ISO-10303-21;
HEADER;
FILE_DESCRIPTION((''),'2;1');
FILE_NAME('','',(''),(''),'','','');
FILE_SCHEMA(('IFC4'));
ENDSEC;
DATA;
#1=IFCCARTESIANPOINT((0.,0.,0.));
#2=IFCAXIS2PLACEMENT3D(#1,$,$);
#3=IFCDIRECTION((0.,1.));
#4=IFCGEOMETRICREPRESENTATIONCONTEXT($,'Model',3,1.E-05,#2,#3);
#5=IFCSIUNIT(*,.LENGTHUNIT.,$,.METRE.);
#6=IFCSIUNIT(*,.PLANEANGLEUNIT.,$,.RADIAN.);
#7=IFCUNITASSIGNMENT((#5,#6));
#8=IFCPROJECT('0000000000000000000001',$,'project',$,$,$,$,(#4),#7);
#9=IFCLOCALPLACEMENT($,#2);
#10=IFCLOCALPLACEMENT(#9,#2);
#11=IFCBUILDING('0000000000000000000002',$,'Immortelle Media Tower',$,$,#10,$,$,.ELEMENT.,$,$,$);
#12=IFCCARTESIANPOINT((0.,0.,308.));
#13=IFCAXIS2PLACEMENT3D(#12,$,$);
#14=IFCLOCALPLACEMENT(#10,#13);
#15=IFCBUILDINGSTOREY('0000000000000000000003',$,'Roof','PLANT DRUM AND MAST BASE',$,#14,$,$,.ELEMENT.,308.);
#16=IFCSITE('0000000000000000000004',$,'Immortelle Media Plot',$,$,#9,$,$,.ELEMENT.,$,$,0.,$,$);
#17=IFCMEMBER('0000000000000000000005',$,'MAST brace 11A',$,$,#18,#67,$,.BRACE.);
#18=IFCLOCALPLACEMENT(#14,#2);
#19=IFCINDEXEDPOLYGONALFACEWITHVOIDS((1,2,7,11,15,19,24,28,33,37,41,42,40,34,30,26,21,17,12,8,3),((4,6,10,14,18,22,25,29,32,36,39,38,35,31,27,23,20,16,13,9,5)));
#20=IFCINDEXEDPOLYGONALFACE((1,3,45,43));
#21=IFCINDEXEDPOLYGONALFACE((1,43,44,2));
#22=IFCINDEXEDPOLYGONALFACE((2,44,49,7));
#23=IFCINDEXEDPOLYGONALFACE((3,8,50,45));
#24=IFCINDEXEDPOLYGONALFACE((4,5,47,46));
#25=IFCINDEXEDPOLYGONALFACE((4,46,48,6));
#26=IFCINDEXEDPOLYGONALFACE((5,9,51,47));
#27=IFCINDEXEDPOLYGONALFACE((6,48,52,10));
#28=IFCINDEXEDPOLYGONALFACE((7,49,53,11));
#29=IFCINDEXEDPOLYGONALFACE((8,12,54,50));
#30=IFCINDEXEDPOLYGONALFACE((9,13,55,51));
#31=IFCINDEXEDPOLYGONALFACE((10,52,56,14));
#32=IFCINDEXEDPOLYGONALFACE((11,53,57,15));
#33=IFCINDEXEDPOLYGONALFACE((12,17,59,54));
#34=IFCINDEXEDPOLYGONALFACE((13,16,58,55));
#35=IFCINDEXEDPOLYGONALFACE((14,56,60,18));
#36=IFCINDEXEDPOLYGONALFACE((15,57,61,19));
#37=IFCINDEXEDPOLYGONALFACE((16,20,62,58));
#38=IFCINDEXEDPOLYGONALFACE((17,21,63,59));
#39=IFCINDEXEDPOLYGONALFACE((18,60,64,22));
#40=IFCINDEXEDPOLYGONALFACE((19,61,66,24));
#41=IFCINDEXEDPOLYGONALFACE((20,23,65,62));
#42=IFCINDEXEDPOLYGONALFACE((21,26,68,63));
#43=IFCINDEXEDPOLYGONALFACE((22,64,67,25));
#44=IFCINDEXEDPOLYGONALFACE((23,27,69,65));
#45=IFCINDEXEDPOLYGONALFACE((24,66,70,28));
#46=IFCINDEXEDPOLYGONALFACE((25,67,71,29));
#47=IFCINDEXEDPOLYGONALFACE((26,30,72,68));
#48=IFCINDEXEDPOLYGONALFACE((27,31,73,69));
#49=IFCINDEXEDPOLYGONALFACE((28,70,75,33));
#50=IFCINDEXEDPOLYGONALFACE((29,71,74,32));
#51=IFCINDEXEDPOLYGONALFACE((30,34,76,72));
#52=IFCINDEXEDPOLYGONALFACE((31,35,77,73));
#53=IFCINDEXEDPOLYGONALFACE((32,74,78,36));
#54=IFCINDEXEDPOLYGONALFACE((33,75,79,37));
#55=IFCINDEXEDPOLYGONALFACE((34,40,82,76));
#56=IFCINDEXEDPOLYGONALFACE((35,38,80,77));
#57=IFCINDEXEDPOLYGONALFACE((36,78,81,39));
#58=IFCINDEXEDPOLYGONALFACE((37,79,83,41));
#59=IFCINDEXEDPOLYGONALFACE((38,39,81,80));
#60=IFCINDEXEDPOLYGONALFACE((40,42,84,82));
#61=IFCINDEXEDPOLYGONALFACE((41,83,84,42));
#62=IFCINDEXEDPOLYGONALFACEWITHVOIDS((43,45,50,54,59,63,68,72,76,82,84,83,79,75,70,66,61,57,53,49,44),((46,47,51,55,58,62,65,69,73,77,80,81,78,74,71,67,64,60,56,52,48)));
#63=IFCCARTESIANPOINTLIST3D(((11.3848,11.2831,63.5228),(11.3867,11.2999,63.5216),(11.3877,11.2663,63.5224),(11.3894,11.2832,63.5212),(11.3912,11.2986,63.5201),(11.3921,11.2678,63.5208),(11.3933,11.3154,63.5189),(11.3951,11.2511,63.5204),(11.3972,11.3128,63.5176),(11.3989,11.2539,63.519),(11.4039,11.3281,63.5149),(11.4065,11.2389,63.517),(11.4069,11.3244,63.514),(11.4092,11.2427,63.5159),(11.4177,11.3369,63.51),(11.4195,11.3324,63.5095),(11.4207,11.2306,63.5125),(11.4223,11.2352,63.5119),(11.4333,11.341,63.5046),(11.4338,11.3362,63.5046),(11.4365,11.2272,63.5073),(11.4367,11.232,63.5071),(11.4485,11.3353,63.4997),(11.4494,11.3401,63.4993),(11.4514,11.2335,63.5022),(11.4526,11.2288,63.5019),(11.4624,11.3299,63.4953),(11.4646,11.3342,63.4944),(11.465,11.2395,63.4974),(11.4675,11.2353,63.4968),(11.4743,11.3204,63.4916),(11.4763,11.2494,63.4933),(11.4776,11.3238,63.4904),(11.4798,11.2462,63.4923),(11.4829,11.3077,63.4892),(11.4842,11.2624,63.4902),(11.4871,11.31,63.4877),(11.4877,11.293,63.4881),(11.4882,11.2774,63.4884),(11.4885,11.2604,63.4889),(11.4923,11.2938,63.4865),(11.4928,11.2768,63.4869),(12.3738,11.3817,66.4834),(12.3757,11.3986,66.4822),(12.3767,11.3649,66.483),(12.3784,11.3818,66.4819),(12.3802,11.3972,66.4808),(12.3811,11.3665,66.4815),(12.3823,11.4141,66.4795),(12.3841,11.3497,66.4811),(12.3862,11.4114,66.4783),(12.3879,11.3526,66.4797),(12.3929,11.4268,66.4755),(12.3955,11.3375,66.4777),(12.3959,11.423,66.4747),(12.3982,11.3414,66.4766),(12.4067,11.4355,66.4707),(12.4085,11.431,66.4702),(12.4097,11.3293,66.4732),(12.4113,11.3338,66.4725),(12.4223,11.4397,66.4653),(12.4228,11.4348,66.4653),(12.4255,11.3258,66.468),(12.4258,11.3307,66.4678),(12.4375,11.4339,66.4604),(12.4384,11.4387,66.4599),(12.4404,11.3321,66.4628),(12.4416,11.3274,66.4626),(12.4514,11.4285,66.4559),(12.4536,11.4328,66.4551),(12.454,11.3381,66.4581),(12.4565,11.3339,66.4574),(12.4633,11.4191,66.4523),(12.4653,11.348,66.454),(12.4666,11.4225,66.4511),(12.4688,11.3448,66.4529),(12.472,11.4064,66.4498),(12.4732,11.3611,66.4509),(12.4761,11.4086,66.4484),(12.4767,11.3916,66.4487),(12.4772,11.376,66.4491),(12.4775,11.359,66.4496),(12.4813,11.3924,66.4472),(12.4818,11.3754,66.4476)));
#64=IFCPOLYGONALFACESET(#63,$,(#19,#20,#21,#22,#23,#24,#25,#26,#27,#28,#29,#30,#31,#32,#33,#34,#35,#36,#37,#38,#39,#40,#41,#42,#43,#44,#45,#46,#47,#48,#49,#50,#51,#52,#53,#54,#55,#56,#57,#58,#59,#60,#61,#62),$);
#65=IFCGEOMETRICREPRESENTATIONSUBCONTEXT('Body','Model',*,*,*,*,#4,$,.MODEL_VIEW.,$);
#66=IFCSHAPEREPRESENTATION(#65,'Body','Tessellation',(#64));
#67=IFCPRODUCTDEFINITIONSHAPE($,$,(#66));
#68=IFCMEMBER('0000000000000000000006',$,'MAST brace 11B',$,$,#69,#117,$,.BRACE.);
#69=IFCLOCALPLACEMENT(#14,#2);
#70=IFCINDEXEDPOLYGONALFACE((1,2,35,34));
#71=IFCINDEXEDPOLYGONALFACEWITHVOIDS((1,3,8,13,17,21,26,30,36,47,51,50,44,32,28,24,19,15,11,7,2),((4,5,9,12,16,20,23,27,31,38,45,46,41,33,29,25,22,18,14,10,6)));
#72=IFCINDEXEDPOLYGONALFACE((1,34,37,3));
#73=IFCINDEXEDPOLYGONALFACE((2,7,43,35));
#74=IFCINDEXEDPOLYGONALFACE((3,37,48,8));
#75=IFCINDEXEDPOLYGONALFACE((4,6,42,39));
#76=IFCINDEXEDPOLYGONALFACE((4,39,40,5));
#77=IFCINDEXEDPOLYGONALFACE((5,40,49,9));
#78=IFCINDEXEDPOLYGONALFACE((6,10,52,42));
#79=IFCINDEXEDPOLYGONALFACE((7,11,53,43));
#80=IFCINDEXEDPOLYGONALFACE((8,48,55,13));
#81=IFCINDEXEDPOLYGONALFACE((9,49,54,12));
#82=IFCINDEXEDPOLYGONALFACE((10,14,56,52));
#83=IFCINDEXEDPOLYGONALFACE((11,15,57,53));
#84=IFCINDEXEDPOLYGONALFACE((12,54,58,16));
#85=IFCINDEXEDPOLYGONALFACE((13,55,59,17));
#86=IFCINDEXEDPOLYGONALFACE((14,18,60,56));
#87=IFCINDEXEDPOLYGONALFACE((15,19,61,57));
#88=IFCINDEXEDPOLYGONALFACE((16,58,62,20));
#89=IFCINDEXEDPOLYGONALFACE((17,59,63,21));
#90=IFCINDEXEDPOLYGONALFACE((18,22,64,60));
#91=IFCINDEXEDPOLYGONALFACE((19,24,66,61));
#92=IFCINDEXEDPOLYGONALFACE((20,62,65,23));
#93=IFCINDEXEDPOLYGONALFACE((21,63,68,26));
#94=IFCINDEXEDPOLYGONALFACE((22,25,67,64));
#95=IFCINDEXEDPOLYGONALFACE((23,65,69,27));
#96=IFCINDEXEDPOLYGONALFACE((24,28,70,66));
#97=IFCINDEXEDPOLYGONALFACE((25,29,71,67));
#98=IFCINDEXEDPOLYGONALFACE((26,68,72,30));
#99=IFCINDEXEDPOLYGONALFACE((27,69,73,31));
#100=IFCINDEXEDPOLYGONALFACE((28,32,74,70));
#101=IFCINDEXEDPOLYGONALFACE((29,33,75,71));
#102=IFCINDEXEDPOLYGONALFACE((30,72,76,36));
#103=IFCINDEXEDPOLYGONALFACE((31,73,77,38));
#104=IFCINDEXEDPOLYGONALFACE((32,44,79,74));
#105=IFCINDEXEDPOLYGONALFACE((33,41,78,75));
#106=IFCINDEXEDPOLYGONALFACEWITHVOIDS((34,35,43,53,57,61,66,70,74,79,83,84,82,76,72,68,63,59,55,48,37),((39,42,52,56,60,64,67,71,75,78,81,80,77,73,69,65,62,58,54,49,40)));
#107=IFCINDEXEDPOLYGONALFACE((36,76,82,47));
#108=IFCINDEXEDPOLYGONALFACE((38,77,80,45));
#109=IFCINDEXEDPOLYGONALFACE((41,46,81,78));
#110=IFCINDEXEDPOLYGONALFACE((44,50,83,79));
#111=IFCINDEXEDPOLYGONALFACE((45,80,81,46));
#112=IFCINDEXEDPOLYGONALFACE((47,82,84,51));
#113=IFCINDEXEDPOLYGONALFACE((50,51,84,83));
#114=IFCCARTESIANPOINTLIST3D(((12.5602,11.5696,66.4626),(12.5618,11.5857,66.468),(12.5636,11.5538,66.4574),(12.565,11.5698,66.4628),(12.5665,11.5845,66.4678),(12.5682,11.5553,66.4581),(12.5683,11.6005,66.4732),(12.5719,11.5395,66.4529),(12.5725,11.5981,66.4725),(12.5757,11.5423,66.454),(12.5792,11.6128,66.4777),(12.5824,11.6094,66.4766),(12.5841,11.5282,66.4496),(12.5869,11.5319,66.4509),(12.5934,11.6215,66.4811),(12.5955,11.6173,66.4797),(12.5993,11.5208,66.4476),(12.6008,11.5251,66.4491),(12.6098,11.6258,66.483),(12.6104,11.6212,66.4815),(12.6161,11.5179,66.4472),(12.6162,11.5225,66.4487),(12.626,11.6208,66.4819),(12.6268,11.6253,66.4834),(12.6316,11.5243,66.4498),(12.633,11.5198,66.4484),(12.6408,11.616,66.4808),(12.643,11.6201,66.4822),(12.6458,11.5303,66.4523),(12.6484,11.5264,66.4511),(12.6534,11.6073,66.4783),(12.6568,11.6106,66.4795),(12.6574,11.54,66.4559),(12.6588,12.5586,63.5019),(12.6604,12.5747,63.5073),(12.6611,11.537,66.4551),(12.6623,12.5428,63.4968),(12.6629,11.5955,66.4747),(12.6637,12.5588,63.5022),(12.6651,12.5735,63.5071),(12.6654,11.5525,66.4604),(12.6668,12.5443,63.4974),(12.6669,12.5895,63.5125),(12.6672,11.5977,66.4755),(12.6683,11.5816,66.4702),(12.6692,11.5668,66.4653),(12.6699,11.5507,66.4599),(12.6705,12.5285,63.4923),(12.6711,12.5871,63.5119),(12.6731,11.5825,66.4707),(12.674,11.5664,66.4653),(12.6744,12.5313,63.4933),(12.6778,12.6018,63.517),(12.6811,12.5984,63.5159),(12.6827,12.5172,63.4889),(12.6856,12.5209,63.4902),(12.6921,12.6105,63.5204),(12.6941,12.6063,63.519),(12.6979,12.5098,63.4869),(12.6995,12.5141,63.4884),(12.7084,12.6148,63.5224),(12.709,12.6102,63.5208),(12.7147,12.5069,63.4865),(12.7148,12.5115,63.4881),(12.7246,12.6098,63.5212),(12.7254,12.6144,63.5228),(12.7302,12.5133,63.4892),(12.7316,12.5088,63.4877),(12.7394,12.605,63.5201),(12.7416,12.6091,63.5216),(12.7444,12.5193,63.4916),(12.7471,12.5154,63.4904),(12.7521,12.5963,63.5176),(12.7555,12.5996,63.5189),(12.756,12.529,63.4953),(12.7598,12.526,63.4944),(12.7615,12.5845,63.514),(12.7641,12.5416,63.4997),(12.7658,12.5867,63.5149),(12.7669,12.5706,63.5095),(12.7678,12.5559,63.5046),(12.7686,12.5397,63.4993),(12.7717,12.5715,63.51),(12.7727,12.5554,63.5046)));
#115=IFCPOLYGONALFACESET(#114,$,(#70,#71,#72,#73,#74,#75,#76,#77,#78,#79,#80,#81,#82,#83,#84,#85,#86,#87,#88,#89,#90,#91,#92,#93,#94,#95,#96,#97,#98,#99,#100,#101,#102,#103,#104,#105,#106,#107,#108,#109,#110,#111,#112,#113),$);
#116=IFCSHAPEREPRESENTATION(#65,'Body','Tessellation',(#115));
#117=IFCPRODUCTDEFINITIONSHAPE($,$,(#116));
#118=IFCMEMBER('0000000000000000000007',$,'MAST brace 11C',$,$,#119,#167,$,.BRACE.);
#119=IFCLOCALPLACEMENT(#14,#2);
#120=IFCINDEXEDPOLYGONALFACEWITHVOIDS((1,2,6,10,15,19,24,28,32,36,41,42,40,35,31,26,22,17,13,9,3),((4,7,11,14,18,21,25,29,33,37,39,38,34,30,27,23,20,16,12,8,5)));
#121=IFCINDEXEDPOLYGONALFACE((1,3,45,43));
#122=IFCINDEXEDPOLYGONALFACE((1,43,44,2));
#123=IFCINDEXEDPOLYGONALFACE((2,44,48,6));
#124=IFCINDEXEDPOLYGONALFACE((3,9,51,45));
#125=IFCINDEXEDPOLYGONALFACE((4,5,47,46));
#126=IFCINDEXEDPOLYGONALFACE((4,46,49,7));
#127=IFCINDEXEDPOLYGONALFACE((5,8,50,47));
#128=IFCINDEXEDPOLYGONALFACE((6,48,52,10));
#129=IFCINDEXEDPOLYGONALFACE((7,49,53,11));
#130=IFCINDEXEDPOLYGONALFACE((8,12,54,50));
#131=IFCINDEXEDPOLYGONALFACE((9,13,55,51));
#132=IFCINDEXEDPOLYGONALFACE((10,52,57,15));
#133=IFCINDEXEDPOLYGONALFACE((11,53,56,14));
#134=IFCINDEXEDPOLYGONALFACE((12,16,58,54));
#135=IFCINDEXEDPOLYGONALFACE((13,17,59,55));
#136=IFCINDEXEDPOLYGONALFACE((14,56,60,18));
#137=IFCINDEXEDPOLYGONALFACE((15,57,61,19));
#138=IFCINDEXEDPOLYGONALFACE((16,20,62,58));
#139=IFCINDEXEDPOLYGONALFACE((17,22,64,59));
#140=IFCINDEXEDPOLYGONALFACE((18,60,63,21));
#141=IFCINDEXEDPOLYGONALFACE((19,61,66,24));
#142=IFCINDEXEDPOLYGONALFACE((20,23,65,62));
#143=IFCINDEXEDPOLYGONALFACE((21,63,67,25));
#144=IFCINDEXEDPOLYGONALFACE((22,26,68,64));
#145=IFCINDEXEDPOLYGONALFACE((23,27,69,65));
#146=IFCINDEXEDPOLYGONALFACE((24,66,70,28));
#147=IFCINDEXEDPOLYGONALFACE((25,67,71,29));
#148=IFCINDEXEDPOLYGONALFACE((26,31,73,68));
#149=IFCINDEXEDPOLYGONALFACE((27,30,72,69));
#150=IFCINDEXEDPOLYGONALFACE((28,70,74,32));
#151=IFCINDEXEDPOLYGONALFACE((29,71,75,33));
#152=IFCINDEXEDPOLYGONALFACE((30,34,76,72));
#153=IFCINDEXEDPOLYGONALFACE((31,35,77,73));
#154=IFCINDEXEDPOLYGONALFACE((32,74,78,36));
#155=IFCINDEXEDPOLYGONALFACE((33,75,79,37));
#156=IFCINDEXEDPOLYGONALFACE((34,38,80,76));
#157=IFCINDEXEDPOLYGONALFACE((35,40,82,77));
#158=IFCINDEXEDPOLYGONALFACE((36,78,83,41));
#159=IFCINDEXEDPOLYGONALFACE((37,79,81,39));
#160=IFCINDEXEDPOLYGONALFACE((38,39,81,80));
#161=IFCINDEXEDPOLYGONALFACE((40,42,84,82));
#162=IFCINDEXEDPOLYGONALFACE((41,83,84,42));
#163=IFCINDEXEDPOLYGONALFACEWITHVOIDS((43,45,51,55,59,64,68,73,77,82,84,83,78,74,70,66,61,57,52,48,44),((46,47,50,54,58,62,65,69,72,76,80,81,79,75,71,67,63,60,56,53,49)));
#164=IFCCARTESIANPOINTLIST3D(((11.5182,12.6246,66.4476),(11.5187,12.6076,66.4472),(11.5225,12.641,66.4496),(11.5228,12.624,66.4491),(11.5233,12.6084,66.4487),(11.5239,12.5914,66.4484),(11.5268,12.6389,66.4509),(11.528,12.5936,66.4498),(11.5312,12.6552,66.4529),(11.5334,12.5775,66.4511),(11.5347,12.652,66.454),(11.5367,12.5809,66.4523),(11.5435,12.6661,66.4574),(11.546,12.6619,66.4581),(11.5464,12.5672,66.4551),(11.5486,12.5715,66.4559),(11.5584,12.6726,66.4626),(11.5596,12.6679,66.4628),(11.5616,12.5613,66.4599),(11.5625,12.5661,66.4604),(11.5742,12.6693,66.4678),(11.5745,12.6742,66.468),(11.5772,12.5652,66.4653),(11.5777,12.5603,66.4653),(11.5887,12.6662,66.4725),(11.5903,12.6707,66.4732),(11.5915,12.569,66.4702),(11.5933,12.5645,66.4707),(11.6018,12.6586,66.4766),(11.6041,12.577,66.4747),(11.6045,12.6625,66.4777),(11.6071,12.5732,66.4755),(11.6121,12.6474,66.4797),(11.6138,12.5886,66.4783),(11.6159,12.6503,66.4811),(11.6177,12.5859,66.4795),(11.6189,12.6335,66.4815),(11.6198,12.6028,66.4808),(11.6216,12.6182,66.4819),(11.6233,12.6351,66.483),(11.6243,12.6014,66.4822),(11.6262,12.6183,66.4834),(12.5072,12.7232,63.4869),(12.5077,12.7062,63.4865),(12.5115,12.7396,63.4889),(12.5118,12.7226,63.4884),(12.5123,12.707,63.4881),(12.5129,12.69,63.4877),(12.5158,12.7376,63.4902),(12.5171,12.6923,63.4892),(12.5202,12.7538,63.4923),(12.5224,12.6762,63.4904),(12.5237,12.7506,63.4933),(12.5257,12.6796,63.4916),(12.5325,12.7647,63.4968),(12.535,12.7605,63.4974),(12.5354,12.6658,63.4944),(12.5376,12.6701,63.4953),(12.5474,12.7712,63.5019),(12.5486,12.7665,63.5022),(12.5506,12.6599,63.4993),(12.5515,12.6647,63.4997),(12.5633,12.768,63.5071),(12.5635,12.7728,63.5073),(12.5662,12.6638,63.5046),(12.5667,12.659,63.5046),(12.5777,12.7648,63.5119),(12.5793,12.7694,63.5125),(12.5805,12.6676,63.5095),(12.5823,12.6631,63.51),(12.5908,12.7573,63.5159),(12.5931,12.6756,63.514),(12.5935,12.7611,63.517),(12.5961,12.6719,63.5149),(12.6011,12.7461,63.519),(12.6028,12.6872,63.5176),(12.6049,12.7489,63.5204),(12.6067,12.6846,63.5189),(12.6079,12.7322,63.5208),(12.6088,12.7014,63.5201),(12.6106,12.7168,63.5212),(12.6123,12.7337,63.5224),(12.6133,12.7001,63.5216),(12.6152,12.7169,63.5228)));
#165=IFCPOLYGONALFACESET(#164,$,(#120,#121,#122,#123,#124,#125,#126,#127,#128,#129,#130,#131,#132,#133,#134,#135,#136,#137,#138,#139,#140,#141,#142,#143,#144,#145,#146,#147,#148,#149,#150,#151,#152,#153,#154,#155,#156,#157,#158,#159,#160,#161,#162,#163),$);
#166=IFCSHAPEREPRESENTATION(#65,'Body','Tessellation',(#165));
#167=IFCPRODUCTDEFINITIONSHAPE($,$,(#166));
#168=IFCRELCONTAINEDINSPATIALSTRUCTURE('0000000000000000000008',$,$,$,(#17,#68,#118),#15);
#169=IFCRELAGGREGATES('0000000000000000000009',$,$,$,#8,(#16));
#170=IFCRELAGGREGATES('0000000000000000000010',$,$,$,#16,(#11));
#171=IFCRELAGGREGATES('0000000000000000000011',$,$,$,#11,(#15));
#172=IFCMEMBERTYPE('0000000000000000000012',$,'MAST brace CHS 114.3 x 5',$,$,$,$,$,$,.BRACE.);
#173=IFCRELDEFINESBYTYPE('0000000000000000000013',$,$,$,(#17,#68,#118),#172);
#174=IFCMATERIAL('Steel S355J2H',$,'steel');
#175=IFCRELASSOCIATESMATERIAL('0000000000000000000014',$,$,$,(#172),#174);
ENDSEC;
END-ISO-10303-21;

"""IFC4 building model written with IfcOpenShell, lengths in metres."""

from ifc_helpers import new_model, si_unit, direction, frame, origin, origin_2d, place, context, subcontext, project, spatial, hollow_circle, extrude, material, material_profile, profile_set, type_object, element, save


model = new_model("IFC4")

# Units and contexts
model_context = context("Model", 3, precision=1e-05, world=origin(), true_north=direction((0.0, 1.0)))
body_context = subcontext(model_context, "Body", "Model", "MODEL_VIEW")
ifc_project = project(units=[si_unit("LENGTHUNIT", "METRE"), si_unit("PLANEANGLEUNIT", "RADIAN")], contexts=[model_context])

# Site, building, storey
site_placement = place(None, origin())
site = spatial("IfcSite", under=ifc_project, at=site_placement, Name="Immortelle Media Plot", CompositionType="ELEMENT", RefElevation=0.0)
building_placement = place(site_placement, origin())
building = spatial("IfcBuilding", under=site, at=building_placement, Name="Immortelle Media Tower", CompositionType="ELEMENT")
storey_placement = place(building_placement, frame((0.0, 0.0, 308.0)))
storey = spatial("IfcBuildingStorey", under=building, at=storey_placement, Name="Roof", Description="PLANT DRUM AND MAST BASE", CompositionType="ELEMENT", Elevation=308.0)

# Members
ifc_material_1 = material(Name="Steel S355J2H", Category="steel")
ifc_material_profile_1 = material_profile(ifc_material_1, hollow_circle(Radius=0.0571, WallThickness=0.0049, at=origin_2d()), Name="CHS 114.3 x 5")
ifc_profile_set_1 = profile_set([ifc_material_profile_1], Name="Steel S355J2H")
member_type_1 = type_object("IfcMemberType", Name="MAST brace CHS 114.3 x 5", PredefinedType="BRACE", material=ifc_profile_set_1)
for number, where, z_axis, x_axis, name in (
    (1, (11.439, 11.2842, 63.5046), (0.31668, 0.031582, 0.948007), (-0.099236, 0.995064, 0.0), "MAST brace 11A"),
    (2, (12.7158, 12.561, 63.5046), (-0.031582, -0.31668, 0.948007), (0.995064, -0.099236, 0.0), "MAST brace 11B"),
    (3, (12.561, 12.7158, 63.5046), (-0.31668, -0.031582, 0.948007), (0.099236, -0.995064, 0.0), "MAST brace 11C"),
):
    element("IfcMember", number, at=place(storey_placement, frame(where, z_axis=z_axis, x_axis=x_axis)), inside=storey, type_object=member_type_1, Name=name, PredefinedType="BRACE", context=body_context, shape_type="SweptSolid", body=[
        extrude(hollow_circle(Radius=0.0571, WallThickness=0.0049, at=origin_2d()), origin(), (0.0, 0.0, 1.0), 3.123),
    ])

save(model, "model.ifc")
